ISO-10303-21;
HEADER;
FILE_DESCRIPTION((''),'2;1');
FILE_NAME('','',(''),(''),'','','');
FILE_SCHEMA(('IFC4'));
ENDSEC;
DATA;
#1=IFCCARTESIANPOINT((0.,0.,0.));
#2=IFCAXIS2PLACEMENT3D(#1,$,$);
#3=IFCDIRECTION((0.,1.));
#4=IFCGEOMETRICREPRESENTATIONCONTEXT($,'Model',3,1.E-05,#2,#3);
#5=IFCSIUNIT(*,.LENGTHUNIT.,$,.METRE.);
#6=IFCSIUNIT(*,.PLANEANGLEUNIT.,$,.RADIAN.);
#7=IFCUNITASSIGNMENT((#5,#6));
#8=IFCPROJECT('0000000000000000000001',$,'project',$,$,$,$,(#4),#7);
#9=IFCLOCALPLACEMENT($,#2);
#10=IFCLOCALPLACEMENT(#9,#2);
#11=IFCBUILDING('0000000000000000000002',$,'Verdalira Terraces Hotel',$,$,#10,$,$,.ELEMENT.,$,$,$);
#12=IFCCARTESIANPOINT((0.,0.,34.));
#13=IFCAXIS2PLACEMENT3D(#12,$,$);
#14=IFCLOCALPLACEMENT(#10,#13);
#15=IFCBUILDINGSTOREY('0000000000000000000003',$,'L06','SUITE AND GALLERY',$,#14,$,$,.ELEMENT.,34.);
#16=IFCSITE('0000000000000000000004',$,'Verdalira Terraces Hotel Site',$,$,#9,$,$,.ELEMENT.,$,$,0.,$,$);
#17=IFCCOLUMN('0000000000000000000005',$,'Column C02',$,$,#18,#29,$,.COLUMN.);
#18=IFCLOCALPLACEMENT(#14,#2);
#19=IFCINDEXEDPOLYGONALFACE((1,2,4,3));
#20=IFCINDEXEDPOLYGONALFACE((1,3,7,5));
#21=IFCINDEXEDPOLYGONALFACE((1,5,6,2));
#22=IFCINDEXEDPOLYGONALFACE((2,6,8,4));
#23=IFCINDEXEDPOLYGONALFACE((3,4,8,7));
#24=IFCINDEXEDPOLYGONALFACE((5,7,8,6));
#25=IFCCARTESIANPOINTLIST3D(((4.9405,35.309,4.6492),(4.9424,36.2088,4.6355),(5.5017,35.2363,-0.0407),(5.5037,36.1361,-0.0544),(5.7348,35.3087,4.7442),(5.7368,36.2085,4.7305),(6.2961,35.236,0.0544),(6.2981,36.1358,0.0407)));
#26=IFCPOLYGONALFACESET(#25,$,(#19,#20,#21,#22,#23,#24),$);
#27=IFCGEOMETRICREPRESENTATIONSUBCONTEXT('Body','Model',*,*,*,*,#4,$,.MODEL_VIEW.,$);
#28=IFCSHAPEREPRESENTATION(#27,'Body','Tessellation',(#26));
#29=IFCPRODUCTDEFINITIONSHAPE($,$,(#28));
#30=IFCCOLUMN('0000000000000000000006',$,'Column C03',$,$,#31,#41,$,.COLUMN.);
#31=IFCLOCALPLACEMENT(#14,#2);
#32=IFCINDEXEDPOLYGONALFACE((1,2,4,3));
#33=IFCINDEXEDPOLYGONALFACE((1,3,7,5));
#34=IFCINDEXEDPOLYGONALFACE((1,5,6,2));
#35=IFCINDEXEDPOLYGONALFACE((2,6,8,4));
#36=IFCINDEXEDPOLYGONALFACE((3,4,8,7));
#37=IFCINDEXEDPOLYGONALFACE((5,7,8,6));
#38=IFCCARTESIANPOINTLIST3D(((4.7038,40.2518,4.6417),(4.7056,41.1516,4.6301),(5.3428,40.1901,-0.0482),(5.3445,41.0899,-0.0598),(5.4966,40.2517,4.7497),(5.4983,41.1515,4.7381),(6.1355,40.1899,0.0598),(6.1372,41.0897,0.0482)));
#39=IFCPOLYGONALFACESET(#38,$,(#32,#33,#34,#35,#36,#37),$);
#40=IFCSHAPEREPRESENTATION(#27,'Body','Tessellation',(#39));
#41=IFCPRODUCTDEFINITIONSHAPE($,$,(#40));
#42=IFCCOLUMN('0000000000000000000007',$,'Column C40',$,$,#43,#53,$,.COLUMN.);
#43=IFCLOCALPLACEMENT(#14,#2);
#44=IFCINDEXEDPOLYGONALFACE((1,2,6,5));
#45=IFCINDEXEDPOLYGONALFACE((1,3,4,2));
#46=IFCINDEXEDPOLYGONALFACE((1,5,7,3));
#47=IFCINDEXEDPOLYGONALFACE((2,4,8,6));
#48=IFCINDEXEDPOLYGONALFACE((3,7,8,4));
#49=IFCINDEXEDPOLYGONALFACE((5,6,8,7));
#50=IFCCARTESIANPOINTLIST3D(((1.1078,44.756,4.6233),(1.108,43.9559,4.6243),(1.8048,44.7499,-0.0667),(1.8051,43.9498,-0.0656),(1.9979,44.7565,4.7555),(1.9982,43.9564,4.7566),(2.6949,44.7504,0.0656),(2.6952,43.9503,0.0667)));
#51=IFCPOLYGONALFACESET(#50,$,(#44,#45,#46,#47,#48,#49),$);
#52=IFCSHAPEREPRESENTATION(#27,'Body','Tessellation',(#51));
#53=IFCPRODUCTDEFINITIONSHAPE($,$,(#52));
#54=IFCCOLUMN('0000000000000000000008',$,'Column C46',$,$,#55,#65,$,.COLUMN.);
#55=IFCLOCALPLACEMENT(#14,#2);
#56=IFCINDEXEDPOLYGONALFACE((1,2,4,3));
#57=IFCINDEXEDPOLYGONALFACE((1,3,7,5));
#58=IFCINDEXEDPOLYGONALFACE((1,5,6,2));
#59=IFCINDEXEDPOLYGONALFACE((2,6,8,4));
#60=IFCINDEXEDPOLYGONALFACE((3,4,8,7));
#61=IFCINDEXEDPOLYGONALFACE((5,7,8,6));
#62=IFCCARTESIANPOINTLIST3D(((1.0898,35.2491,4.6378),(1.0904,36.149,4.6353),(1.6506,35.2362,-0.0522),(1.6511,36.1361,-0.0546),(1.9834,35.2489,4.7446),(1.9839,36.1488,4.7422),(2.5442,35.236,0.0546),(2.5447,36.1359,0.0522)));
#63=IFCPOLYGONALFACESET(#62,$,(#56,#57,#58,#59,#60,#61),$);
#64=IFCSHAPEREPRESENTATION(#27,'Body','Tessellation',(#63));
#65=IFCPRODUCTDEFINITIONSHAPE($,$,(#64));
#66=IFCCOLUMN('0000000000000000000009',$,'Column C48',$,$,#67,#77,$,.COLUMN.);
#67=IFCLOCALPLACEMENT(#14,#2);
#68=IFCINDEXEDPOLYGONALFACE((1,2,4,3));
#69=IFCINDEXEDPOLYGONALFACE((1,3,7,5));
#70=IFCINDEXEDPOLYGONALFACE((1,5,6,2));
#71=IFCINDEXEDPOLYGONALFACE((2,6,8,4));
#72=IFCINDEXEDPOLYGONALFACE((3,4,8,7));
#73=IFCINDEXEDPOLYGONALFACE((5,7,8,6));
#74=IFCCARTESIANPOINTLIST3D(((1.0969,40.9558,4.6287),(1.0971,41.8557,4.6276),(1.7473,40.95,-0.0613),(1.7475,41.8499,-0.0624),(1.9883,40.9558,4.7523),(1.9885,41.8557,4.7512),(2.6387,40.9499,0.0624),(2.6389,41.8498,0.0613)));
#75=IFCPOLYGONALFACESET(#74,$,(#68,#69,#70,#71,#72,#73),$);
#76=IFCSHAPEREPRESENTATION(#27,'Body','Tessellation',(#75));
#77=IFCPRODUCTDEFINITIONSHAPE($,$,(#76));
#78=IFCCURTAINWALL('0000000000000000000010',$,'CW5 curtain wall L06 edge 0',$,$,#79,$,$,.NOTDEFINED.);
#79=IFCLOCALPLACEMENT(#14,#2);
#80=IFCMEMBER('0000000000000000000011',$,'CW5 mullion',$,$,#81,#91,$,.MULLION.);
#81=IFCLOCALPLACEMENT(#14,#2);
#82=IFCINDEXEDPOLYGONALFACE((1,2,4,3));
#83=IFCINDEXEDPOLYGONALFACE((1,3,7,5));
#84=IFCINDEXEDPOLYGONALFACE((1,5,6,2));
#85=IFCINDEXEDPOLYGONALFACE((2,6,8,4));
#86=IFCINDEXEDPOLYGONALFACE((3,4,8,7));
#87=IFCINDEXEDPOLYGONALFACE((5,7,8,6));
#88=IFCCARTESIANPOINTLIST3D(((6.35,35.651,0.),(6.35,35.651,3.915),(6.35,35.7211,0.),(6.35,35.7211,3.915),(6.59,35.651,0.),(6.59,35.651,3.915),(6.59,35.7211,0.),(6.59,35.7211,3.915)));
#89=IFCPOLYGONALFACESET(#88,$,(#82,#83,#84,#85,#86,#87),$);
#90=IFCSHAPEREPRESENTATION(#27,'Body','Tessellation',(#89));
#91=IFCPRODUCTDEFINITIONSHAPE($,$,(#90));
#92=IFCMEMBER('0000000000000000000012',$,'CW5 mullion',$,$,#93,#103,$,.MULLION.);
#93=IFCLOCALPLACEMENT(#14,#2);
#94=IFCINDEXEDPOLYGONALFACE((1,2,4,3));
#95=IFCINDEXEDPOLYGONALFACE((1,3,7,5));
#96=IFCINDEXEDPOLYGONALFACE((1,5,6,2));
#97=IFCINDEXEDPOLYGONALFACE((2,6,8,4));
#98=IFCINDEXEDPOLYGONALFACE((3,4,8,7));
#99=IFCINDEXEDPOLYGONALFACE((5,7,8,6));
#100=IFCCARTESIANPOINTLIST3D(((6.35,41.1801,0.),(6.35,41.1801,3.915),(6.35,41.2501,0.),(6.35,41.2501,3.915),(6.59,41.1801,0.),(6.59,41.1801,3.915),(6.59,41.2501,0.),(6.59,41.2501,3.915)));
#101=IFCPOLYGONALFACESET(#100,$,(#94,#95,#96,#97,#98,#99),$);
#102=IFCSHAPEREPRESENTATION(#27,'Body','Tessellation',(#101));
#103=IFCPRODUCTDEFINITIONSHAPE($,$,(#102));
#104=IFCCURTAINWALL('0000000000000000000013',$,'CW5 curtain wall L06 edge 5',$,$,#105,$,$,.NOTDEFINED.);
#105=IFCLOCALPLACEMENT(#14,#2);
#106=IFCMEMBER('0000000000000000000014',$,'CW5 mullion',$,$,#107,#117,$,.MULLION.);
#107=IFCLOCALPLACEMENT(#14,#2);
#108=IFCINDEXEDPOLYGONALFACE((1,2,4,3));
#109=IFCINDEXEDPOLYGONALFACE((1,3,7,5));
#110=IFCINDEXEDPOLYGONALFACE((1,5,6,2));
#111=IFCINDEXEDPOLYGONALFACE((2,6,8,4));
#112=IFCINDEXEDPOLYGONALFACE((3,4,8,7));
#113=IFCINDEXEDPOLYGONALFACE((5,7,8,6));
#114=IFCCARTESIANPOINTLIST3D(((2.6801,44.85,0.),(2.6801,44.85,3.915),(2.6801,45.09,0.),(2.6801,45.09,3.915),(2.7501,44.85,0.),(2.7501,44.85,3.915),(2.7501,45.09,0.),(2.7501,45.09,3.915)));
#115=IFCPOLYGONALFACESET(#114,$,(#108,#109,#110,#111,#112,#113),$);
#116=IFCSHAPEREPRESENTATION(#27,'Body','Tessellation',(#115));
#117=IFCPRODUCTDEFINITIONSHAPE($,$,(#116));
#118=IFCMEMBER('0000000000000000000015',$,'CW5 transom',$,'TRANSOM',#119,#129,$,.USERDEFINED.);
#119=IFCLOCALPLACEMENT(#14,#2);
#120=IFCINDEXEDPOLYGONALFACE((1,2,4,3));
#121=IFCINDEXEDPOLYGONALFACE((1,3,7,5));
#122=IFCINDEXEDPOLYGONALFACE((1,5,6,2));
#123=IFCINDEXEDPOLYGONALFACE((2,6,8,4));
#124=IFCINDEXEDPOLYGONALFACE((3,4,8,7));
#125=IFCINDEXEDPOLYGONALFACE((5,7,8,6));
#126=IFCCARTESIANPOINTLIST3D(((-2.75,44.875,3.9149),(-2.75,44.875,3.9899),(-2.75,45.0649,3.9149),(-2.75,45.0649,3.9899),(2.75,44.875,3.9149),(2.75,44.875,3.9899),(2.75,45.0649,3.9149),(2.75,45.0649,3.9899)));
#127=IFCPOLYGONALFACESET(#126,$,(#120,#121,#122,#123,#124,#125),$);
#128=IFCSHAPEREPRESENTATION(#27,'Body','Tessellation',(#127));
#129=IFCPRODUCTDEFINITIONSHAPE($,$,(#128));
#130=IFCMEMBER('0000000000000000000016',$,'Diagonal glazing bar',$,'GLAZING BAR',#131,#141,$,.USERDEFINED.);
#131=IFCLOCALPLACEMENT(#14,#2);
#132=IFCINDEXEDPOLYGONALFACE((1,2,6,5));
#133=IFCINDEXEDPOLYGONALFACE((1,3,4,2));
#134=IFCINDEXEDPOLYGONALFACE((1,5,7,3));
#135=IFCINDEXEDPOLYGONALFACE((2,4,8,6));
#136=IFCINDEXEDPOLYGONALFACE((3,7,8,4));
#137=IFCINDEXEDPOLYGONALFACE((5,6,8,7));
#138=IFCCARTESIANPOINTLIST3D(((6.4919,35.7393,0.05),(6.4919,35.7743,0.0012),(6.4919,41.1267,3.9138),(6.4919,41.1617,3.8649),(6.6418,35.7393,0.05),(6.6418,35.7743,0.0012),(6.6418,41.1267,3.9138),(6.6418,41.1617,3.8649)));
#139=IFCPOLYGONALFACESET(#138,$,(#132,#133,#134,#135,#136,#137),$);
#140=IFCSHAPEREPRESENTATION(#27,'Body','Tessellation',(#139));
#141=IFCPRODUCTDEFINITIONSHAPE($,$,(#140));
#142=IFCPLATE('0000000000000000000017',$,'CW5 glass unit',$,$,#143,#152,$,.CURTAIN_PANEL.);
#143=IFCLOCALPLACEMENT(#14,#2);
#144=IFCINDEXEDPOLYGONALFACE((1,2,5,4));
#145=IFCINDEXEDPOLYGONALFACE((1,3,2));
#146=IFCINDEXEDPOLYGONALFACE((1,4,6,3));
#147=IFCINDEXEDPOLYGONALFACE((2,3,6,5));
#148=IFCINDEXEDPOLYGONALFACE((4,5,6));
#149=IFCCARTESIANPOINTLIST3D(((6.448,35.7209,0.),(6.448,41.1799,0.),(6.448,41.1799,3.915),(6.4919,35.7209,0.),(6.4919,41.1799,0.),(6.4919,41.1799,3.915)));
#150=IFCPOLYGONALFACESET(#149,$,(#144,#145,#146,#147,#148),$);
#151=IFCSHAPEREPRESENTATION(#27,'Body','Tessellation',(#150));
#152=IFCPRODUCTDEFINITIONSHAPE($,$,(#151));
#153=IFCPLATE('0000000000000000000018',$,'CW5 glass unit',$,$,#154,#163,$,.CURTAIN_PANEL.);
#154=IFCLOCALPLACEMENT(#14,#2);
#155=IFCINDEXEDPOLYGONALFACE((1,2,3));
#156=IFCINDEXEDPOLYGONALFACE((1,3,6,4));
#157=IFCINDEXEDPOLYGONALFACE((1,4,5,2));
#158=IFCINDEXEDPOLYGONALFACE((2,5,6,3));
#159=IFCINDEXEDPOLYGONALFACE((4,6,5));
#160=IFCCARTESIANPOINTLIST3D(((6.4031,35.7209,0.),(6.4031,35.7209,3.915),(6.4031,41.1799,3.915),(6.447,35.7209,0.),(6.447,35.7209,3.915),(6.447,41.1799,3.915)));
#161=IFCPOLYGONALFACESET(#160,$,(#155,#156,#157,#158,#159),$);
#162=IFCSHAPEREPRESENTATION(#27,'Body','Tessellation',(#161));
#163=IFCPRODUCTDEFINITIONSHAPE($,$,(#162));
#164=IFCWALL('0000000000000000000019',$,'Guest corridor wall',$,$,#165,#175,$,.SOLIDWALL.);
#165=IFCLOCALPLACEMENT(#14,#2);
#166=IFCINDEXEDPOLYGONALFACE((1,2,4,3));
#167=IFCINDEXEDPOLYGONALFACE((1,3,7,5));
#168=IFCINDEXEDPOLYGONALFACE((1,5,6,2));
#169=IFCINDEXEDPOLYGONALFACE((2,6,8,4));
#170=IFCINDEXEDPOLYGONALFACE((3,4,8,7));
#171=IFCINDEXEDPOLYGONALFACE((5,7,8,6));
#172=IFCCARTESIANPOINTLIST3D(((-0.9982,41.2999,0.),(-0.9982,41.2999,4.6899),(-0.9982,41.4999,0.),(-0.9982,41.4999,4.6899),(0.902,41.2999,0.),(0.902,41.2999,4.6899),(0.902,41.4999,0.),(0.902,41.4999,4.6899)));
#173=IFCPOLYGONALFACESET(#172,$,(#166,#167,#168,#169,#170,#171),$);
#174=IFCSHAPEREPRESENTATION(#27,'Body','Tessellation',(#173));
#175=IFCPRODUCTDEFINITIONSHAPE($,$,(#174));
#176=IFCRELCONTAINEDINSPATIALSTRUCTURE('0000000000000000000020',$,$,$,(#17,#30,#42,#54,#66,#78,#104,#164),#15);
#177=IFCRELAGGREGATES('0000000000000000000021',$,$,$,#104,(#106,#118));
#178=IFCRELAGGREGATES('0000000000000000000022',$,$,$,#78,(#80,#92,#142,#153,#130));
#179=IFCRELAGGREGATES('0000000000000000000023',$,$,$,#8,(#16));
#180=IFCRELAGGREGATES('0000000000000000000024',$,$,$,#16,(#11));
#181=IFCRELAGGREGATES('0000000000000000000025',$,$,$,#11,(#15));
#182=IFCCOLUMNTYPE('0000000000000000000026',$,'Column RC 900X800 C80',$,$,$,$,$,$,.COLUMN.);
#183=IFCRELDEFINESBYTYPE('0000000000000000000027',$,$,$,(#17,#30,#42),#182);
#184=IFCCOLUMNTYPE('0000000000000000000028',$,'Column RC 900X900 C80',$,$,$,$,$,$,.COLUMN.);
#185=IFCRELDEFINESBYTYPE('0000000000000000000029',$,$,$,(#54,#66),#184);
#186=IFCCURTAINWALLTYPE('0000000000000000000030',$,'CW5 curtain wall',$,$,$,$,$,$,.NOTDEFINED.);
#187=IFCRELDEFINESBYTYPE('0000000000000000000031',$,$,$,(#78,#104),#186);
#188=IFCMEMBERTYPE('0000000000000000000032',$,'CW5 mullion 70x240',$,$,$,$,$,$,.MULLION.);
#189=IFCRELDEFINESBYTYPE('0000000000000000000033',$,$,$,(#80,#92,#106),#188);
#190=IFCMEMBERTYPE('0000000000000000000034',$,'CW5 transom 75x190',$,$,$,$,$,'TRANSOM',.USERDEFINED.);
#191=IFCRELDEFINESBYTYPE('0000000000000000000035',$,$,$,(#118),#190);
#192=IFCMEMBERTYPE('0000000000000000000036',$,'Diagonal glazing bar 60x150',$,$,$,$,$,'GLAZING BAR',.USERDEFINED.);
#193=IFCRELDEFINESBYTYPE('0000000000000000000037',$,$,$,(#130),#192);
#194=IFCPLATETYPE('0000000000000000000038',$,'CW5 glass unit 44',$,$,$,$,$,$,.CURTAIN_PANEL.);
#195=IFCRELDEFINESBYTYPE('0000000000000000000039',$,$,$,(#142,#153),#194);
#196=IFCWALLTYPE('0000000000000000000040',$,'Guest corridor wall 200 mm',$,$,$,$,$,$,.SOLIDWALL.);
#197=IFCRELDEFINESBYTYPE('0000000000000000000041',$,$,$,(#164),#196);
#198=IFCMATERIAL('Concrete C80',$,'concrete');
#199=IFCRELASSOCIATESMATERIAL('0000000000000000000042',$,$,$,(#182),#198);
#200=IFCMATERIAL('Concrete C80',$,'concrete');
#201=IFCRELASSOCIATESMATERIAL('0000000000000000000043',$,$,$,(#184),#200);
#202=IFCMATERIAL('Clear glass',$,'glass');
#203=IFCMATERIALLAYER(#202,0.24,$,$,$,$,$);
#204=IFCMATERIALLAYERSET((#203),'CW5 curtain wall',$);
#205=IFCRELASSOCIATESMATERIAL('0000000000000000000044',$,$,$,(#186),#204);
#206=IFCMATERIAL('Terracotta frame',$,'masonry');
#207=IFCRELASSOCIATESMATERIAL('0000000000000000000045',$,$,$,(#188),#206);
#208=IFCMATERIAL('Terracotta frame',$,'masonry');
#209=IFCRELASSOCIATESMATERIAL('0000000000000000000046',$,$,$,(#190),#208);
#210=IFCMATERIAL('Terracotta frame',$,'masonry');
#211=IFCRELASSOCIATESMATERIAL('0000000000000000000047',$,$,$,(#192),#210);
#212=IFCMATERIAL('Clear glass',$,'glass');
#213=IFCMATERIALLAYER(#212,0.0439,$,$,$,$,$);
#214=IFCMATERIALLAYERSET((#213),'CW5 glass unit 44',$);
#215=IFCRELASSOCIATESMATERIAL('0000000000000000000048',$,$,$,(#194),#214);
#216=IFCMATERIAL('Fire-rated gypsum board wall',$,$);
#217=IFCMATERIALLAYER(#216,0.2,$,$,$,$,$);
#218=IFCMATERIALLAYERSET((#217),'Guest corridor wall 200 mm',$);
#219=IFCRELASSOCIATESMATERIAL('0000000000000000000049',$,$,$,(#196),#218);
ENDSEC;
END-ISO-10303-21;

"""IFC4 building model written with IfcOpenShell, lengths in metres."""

from ifc_helpers import new_model, si_unit, direction, frame, frame_2d, origin, origin_2d, place, context, subcontext, project, spatial, polyline, rectangle, outline, extrude, material, layer, layer_set, material_profile, profile_set, type_object, element, aggregate, save


model = new_model("IFC4")

# Units and contexts
model_context = context("Model", 3, precision=1e-05, world=origin(), true_north=direction((0.0, 1.0)))
body_context = subcontext(model_context, "Body", "Model", "MODEL_VIEW")
ifc_project = project(units=[si_unit("LENGTHUNIT", "METRE"), si_unit("PLANEANGLEUNIT", "RADIAN")], contexts=[model_context])

# Site, building, storey
site_placement = place(None, origin())
site = spatial("IfcSite", under=ifc_project, at=site_placement, Name="Verdalira Terraces Hotel Site", CompositionType="ELEMENT", RefElevation=0.0)
building_placement = place(site_placement, origin())
building = spatial("IfcBuilding", under=site, at=building_placement, Name="Verdalira Terraces Hotel", CompositionType="ELEMENT")
storey_placement = place(building_placement, frame((0.0, 0.0, 34.0)))
storey = spatial("IfcBuildingStorey", under=building, at=storey_placement, Name="L06", Description="SUITE AND GALLERY", CompositionType="ELEMENT", Elevation=34.0)

# Columns
ifc_material_1 = material(Name="Concrete C80", Category="concrete")
ifc_material_profile_1 = material_profile(ifc_material_1, rectangle(XDim=0.8999, YDim=0.8, at=origin_2d()), Name="RC 900X800")
ifc_profile_set_1 = profile_set([ifc_material_profile_1], Name="Concrete C80")
column_type_1 = type_object("IfcColumnType", Name="Column RC 900X800 C80", PredefinedType="COLUMN", material=ifc_profile_set_1)
column_1_placement = place(storey_placement, frame((5.8999, 35.686, 0.0), z_axis=(-0.118815, 0.015401, 0.992797), x_axis=(0.002183, 0.999881, -0.01525)))
element("IfcColumn", 1, at=column_1_placement, inside=storey, type_object=column_type_1, Name="Column C02", PredefinedType="COLUMN", context=body_context, shape_type="SweptSolid", body=[
    extrude(rectangle(XDim=0.8999, YDim=0.8, at=origin_2d()), origin(), (0.0, 0.0, 1.0), 4.7239),
])
column_2_placement = place(storey_placement, frame((5.74, 40.6399, 0.0), z_axis=(-0.134973, 0.013049, 0.990763), x_axis=(0.001946, 0.999915, -0.012904)))
element("IfcColumn", 2, at=column_2_placement, inside=storey, type_object=column_type_1, Name="Column C03", PredefinedType="COLUMN", context=body_context, shape_type="SweptSolid", body=[
    extrude(rectangle(XDim=0.8999, YDim=0.8, at=origin_2d()), origin(), (0.0, 0.0, 1.0), 4.7336),
])
column_3_placement = place(storey_placement, frame((2.25, 44.3501, 0.0), z_axis=(-0.147006, 0.001287, 0.989135), x_axis=(-0.989136, -0.000512, -0.147005)))
element("IfcColumn", 3, at=column_3_placement, inside=storey, type_object=column_type_1, Name="Column C40", PredefinedType="COLUMN", context=body_context, shape_type="SweptSolid", body=[
    extrude(rectangle(XDim=0.8999, YDim=0.8, at=origin_2d()), origin(), (0.0, 0.0, 1.0), 4.7415),
])
ifc_material_2 = material(Name="Concrete C80", Category="concrete")
ifc_material_profile_2 = material_profile(ifc_material_2, rectangle(XDim=0.8999, YDim=0.8999, at=origin_2d()), Name="RC 900X900")
ifc_profile_set_2 = profile_set([ifc_material_profile_2], Name="Concrete C80")
column_type_2 = type_object("IfcColumnType", Name="Column RC 900X900 C80", PredefinedType="COLUMN", material=ifc_profile_set_2)
column_4_placement = place(storey_placement, frame((2.0977, 35.686, 0.0), z_axis=(-0.118727, 0.002739, 0.992923), x_axis=(0.00057, 0.999996, -0.002691)))
element("IfcColumn", 4, at=column_4_placement, inside=storey, type_object=column_type_2, Name="Column C46", PredefinedType="COLUMN", context=body_context, shape_type="SweptSolid", body=[
    extrude(rectangle(XDim=0.8999, YDim=0.8999, at=origin_2d()), origin(), (0.0, 0.0, 1.0), 4.7234),
])
column_5_placement = place(storey_placement, frame((2.1931, 41.3999, 0.0), z_axis=(-0.137363, 0.001238, 0.99052), x_axis=(0.000232, 0.999999, -0.001217)))
element("IfcColumn", 5, at=column_5_placement, inside=storey, type_object=column_type_2, Name="Column C48", PredefinedType="COLUMN", context=body_context, shape_type="SweptSolid", body=[
    extrude(rectangle(XDim=0.8999, YDim=0.8999, at=origin_2d()), origin(), (0.0, 0.0, 1.0), 4.7349),
])

# Curtain walls, members
ifc_material_3 = material(Name="Clear glass", Category="glass")
ifc_layer_1 = layer(ifc_material_3, 0.24)
ifc_layer_set_1 = layer_set([ifc_layer_1], Name="CW5 curtain wall")
curtain_wall_type = type_object("IfcCurtainWallType", Name="CW5 curtain wall", PredefinedType="NOTDEFINED", material=ifc_layer_set_1)
curtain_wall_1_placement = place(storey_placement, origin())
curtain_wall_1 = element("IfcCurtainWall", 6, at=curtain_wall_1_placement, inside=storey, type_object=curtain_wall_type, Name="CW5 curtain wall L06 edge 0", PredefinedType="NOTDEFINED")
ifc_material_4 = material(Name="Terracotta frame", Category="masonry")
ifc_material_profile_3 = material_profile(ifc_material_4, rectangle(XDim=0.0701, YDim=0.24, at=origin_2d()), Name="MU 70x240")
ifc_profile_set_3 = profile_set([ifc_material_profile_3], Name="Terracotta frame")
member_type_1 = type_object("IfcMemberType", Name="CW5 mullion 70x240", PredefinedType="MULLION", material=ifc_profile_set_3)
member_1_placement = place(storey_placement, frame((6.47, 35.686, 0.0), z_axis=(0.0, 0.0, 1.0), x_axis=(0.0, 1.0, 0.0)))
member_1 = element("IfcMember", 7, at=member_1_placement, type_object=member_type_1, Name="CW5 mullion", PredefinedType="MULLION", context=body_context, shape_type="SweptSolid", body=[
    extrude(rectangle(XDim=0.0701, YDim=0.24, at=origin_2d()), origin(), (0.0, 0.0, 1.0), 3.915),
])
member_2_placement = place(storey_placement, frame((6.47, 41.2151, 0.0), z_axis=(0.0, 0.0, 1.0), x_axis=(0.0, 1.0, 0.0)))
member_2 = element("IfcMember", 8, at=member_2_placement, type_object=member_type_1, Name="CW5 mullion", PredefinedType="MULLION", context=body_context, shape_type="SweptSolid", body=[
    extrude(rectangle(XDim=0.0701, YDim=0.24, at=origin_2d()), origin(), (0.0, 0.0, 1.0), 3.915),
])
curtain_wall_2_placement = place(storey_placement, origin())
curtain_wall_2 = element("IfcCurtainWall", 9, at=curtain_wall_2_placement, inside=storey, type_object=curtain_wall_type, Name="CW5 curtain wall L06 edge 5", PredefinedType="NOTDEFINED")
member_3_placement = place(storey_placement, frame((2.7151, 44.97, 0.0), z_axis=(0.0, 0.0, 1.0), x_axis=(-1.0, 0.0, 0.0)))
member_3 = element("IfcMember", 10, at=member_3_placement, type_object=member_type_1, Name="CW5 mullion", PredefinedType="MULLION", context=body_context, shape_type="SweptSolid", body=[
    extrude(rectangle(XDim=0.0701, YDim=0.24, at=origin_2d()), origin(), (0.0, 0.0, 1.0), 3.915),
])
ifc_material_5 = material(Name="Terracotta frame", Category="masonry")
ifc_material_profile_4 = material_profile(ifc_material_5, rectangle(XDim=0.1899, YDim=0.075, at=origin_2d()), Name="TR 75x190")
ifc_profile_set_4 = profile_set([ifc_material_profile_4], Name="Terracotta frame")
member_type_2 = type_object("IfcMemberType", Name="CW5 transom 75x190", ElementType="TRANSOM", PredefinedType="USERDEFINED", material=ifc_profile_set_4)
member_4_placement = place(storey_placement, frame((2.75, 44.97, 3.9524), z_axis=(-1.0, 0.0, 0.0), x_axis=(0.0, -1.0, 0.0)))
member_4 = element("IfcMember", 11, at=member_4_placement, type_object=member_type_2, Name="CW5 transom", ObjectType="TRANSOM", PredefinedType="USERDEFINED", context=body_context, shape_type="SweptSolid", body=[
    extrude(rectangle(XDim=0.1899, YDim=0.075, at=origin_2d()), origin(), (0.0, 0.0, 1.0), 5.5),
])
aggregate(curtain_wall_2, [member_3, member_4])

# Member
ifc_material_6 = material(Name="Terracotta frame", Category="masonry")
ifc_material_profile_5 = material_profile(ifc_material_6, rectangle(XDim=0.1499, YDim=0.0601, at=origin_2d()), Name="GB 60x150")
ifc_profile_set_5 = profile_set([ifc_material_profile_5], Name="Terracotta frame")
member_type_3 = type_object("IfcMemberType", Name="Diagonal glazing bar 60x150", ElementType="GLAZING BAR", PredefinedType="USERDEFINED", material=ifc_profile_set_5)
member_5_placement = place(storey_placement, frame((6.5669, 35.7568, 0.0256), z_axis=(0.0, 0.81262, 0.582794), x_axis=(-1.0, 0.0, 0.0)))
member_5 = element("IfcMember", 12, at=member_5_placement, type_object=member_type_3, Name="Diagonal glazing bar", ObjectType="GLAZING BAR", PredefinedType="USERDEFINED", context=body_context, shape_type="SweptSolid", body=[
    extrude(rectangle(XDim=0.1499, YDim=0.0601, at=origin_2d()), origin(), (0.0, 0.0, 1.0), 6.6296),
])

# Plates
ifc_material_7 = material(Name="Clear glass", Category="glass")
ifc_layer_2 = layer(ifc_material_7, 0.0439)
ifc_layer_set_2 = layer_set([ifc_layer_2], Name="CW5 glass unit 44")
plate_type = type_object("IfcPlateType", Name="CW5 glass unit 44", PredefinedType="CURTAIN_PANEL", material=ifc_layer_set_2)
plate_1_placement = place(storey_placement, frame((6.448, 38.4504, 1.9575), z_axis=(1.0, 0.0, 0.0), x_axis=(0.0, 1.0, 0.0)))
plate_1 = element("IfcPlate", 13, at=plate_1_placement, type_object=plate_type, Name="CW5 glass unit", PredefinedType="CURTAIN_PANEL", context=body_context, shape_type="SweptSolid", body=[
    extrude(outline(polyline([(-2.7295, -1.9575), (2.7295, -1.9575), (2.7295, 1.9575), (-2.7295, -1.9575)])), origin(), (0.0, 0.0, 1.0), 0.0439),
])
plate_2_placement = place(storey_placement, frame((6.4031, 38.4504, 1.9575), z_axis=(1.0, 0.0, 0.0), x_axis=(0.0, 1.0, 0.0)))
plate_2 = element("IfcPlate", 14, at=plate_2_placement, type_object=plate_type, Name="CW5 glass unit", PredefinedType="CURTAIN_PANEL", context=body_context, shape_type="SweptSolid", body=[
    extrude(outline(polyline([(-2.7295, -1.9575), (2.7295, 1.9575), (-2.7295, 1.9575), (-2.7295, -1.9575)])), origin(), (0.0, 0.0, 1.0), 0.0439),
])
aggregate(curtain_wall_1, [member_1, member_2, plate_1, plate_2, member_5])

# Wall
ifc_material_8 = material(Name="Fire-rated gypsum board wall")
ifc_layer_3 = layer(ifc_material_8, 0.2)
ifc_layer_set_3 = layer_set([ifc_layer_3], Name="Guest corridor wall 200 mm")
wall_type_1 = type_object("IfcWallType", Name="Guest corridor wall 200 mm", PredefinedType="SOLIDWALL", material=ifc_layer_set_3)
wall_1_placement = place(storey_placement, frame((0.9021, 41.3999, 0.0), z_axis=(0.0, 0.0, 1.0), x_axis=(-1.0, 0.0, 0.0)))
element("IfcWall", 15, at=wall_1_placement, inside=storey, type_object=wall_type_1, Name="Guest corridor wall", PredefinedType="SOLIDWALL", context=body_context, shape_type="SweptSolid", body=[
    extrude(rectangle(XDim=1.9001, YDim=0.2, at=frame_2d((0.9502, 0.0))), origin(), (0.0, 0.0, 1.0), 4.6899),
])

save(model, "model.ifc")
